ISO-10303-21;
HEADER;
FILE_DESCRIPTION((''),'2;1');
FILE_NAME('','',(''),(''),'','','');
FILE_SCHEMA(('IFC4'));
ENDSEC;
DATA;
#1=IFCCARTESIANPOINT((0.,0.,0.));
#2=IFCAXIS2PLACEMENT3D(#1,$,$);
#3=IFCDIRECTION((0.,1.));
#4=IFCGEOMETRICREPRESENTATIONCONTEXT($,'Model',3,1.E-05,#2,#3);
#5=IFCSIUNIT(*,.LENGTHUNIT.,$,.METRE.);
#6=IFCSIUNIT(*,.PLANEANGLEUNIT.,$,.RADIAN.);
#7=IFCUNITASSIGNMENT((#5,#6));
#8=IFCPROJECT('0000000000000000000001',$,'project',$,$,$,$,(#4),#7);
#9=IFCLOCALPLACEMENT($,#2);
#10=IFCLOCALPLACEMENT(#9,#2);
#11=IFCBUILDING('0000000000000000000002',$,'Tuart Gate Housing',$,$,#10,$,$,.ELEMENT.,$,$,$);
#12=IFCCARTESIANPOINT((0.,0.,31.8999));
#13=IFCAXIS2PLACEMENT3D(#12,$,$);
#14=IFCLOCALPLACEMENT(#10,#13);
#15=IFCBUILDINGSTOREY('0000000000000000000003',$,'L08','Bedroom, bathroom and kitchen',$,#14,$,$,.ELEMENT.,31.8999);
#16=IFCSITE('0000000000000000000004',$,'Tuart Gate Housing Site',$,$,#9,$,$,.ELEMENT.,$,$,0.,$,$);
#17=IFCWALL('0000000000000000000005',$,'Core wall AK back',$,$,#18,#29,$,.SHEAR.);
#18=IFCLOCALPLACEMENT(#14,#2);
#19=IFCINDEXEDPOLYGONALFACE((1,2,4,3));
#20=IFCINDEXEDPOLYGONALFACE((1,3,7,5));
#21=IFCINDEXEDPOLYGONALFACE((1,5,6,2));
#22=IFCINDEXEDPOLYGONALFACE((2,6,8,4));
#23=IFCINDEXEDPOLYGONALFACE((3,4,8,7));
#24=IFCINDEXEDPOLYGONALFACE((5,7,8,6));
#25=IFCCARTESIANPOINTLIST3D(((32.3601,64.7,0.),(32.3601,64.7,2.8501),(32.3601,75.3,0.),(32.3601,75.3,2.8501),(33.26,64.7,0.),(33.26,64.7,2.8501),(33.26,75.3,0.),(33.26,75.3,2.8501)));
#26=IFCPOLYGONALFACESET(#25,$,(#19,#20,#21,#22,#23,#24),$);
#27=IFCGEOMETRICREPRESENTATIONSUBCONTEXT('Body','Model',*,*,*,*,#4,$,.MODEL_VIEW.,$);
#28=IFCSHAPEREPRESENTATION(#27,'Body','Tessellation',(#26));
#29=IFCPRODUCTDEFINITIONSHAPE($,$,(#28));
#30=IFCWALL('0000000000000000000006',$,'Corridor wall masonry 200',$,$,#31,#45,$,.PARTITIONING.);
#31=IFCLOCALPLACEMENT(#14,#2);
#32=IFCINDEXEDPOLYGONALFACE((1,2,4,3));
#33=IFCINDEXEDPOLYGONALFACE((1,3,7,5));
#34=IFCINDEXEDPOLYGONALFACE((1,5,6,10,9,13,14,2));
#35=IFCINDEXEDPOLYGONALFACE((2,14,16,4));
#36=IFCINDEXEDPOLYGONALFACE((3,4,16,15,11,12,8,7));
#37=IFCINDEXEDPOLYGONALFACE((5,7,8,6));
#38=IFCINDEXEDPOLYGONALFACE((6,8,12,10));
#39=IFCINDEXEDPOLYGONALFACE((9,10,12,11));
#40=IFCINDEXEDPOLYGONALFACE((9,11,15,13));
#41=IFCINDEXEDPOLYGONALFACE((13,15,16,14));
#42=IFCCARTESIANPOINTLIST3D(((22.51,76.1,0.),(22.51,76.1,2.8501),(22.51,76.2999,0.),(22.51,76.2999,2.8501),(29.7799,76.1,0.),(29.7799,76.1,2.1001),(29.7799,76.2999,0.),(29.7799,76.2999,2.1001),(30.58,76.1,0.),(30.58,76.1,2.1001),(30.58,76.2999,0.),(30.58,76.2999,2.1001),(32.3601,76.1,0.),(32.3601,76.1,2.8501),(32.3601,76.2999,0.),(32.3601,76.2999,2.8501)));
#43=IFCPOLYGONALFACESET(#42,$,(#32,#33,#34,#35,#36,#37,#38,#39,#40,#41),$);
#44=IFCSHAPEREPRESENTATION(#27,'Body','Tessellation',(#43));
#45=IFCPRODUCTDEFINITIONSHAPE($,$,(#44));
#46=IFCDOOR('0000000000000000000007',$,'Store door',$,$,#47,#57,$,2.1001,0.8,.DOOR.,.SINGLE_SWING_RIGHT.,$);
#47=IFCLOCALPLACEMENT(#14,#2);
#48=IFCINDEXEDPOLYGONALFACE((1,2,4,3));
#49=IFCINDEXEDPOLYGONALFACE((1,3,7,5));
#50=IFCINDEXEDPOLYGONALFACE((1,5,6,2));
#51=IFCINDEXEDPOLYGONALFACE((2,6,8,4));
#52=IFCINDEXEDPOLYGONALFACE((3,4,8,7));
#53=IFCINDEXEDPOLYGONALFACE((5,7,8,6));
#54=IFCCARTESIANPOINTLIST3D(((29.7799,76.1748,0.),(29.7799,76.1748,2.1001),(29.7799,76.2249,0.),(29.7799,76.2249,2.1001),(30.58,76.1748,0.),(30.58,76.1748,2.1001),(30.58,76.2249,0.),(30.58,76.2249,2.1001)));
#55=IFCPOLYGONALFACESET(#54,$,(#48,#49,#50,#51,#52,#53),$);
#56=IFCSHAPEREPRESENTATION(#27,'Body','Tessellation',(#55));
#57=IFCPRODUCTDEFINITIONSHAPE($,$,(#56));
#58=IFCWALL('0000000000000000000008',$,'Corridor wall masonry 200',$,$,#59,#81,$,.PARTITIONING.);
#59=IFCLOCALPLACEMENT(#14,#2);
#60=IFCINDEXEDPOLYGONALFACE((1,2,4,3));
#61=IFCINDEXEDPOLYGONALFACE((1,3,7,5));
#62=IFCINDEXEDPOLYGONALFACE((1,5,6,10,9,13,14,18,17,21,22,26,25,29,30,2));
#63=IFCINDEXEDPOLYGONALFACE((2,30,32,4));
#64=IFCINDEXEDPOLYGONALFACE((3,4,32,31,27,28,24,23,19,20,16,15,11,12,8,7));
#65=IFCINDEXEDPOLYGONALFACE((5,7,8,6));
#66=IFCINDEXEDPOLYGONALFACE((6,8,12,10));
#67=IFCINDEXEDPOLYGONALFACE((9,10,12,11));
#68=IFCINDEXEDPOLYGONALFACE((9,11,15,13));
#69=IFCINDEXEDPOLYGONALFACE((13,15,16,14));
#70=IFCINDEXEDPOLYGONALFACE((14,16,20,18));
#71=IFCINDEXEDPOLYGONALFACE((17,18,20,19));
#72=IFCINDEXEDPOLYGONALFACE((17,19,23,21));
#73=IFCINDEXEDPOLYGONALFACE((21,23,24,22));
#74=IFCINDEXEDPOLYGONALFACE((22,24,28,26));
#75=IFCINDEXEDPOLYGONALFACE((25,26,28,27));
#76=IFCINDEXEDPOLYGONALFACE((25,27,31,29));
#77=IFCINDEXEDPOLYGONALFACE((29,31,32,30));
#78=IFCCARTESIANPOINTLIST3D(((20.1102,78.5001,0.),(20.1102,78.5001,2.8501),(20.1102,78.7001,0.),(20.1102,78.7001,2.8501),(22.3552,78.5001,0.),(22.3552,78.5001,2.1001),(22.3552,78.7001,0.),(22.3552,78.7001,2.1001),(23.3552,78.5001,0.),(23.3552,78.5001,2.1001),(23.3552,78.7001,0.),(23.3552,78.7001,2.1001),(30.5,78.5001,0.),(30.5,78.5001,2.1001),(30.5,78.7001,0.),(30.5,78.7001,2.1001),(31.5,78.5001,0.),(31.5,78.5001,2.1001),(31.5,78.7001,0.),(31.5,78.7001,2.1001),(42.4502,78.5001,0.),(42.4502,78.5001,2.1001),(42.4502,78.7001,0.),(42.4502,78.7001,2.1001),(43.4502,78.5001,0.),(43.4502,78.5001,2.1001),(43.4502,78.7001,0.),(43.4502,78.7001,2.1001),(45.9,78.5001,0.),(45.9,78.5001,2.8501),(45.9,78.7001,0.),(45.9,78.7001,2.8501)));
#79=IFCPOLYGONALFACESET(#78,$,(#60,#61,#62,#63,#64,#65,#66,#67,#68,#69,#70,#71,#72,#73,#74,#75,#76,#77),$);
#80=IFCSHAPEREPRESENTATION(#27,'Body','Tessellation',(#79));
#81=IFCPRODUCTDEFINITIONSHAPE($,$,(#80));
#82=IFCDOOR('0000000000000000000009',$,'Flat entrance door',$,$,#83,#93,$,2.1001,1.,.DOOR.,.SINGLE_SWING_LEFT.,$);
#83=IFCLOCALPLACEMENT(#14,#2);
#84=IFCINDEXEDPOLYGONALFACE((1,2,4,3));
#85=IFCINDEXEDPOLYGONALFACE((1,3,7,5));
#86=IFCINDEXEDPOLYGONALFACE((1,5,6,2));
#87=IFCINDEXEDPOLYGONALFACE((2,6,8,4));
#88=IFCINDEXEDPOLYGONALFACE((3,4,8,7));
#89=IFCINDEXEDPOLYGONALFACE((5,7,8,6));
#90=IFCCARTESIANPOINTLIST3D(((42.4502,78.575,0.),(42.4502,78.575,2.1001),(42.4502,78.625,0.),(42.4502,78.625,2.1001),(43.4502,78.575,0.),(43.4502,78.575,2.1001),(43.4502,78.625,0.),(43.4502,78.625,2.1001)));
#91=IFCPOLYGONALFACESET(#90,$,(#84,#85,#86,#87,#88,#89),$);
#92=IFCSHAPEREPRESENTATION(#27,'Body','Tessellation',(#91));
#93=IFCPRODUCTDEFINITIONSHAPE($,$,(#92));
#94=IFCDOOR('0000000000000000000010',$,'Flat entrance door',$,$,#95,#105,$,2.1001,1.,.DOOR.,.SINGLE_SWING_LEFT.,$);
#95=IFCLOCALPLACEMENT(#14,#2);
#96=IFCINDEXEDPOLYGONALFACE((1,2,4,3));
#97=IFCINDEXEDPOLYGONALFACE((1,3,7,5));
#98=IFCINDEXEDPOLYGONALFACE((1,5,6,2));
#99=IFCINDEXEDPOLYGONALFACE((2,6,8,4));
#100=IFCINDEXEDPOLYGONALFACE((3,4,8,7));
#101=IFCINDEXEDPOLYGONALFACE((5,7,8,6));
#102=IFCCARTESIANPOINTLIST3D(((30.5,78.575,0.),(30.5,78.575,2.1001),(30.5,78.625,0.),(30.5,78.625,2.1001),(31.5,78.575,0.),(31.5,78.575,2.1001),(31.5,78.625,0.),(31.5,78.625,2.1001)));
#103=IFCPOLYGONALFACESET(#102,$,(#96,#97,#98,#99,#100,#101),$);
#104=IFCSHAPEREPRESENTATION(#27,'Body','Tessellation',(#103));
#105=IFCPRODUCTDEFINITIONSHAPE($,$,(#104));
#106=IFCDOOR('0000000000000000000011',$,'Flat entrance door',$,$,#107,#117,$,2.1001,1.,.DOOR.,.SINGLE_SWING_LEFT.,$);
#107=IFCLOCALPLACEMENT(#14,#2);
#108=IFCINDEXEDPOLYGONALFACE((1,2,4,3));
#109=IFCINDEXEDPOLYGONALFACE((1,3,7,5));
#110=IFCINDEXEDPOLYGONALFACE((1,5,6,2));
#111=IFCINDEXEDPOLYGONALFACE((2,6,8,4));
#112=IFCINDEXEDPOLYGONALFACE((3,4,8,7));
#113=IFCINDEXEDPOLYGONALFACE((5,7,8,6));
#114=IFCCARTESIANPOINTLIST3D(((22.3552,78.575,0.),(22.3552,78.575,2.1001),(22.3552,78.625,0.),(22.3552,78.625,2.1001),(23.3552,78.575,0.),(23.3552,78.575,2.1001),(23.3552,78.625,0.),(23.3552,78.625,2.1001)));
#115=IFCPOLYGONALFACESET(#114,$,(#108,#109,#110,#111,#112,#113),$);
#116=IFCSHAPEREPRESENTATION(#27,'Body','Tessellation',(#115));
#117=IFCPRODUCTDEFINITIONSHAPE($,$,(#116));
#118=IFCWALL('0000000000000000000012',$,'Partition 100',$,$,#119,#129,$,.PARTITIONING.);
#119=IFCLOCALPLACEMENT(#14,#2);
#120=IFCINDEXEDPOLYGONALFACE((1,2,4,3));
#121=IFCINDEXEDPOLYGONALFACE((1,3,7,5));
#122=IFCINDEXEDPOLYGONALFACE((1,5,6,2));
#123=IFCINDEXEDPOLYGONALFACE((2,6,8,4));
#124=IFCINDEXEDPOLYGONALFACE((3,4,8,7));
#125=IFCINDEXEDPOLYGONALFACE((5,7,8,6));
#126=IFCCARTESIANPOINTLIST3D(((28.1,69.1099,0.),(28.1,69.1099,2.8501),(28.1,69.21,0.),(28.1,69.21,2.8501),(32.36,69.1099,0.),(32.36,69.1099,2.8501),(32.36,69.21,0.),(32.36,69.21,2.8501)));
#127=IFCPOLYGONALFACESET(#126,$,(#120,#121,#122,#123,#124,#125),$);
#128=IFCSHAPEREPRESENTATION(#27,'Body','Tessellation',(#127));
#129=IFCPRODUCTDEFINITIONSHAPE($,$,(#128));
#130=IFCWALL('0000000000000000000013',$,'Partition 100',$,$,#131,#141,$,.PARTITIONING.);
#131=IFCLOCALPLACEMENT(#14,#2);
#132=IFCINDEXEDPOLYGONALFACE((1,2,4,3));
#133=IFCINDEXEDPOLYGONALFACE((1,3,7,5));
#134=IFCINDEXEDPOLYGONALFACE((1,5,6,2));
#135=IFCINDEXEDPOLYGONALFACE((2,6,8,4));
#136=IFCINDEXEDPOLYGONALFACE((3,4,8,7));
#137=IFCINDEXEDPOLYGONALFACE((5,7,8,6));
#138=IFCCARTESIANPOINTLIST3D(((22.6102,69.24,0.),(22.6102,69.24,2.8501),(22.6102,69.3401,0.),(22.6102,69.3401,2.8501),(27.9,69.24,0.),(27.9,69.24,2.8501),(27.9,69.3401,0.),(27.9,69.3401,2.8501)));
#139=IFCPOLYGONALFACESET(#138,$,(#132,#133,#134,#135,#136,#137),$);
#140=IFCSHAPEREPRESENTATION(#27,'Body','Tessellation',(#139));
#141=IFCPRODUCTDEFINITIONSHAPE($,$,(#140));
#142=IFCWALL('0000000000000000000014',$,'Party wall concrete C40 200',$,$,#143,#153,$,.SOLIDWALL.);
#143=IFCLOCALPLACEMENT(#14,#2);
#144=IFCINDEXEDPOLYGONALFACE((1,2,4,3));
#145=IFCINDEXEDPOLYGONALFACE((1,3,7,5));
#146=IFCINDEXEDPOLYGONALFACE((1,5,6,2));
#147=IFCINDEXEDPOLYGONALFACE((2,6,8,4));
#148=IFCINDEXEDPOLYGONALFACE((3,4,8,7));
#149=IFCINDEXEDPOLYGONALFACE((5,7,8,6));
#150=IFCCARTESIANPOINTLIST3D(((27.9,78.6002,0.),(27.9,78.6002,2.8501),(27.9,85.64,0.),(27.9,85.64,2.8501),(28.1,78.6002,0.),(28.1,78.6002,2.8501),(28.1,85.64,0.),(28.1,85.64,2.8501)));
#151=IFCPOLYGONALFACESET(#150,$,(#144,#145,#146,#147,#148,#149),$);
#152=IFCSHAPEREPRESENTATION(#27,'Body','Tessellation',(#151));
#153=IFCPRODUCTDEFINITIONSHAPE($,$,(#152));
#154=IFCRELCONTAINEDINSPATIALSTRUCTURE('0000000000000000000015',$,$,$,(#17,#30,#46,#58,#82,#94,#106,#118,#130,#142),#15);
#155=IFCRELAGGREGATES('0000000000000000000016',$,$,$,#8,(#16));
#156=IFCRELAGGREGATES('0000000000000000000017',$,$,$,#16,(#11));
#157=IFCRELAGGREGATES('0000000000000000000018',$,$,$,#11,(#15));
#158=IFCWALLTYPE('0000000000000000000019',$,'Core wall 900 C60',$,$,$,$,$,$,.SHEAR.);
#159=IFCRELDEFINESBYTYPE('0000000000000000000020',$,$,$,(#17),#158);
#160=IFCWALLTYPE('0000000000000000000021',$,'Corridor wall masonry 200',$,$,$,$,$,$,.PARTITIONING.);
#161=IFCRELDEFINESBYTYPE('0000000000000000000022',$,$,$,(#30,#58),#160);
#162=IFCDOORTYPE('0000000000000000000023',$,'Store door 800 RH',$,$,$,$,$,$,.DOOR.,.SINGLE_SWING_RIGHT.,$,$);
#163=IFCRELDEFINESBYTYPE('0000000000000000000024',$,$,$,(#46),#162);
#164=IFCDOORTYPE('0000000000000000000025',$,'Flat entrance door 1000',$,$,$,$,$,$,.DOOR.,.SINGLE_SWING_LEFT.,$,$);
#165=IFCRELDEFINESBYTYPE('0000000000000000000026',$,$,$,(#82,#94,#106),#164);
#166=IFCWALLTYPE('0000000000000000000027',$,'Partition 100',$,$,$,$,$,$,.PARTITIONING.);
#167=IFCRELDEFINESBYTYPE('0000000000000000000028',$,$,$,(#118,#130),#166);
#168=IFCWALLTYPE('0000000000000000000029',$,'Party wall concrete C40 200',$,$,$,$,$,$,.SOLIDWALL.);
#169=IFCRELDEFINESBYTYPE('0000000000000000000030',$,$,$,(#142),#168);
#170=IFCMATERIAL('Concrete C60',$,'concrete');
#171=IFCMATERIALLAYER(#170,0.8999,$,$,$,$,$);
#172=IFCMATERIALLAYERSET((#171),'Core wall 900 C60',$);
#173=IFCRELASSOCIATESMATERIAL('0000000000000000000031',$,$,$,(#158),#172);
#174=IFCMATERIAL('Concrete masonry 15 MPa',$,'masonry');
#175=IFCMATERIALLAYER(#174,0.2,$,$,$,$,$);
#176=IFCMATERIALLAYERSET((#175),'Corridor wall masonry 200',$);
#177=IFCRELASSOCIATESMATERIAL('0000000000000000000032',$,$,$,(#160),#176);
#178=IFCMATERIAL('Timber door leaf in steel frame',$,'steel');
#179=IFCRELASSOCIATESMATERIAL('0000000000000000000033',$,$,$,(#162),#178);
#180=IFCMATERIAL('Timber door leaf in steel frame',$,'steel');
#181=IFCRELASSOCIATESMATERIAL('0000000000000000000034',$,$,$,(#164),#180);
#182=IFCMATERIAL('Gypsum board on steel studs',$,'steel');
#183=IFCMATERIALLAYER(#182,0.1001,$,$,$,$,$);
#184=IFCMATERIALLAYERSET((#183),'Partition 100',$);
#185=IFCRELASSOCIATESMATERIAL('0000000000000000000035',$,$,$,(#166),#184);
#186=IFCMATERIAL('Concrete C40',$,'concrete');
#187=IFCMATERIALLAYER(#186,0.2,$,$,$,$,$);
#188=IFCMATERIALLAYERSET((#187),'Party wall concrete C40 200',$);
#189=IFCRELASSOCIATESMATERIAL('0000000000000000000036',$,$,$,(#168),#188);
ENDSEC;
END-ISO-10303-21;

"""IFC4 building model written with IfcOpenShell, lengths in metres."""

from ifc_helpers import new_model, si_unit, direction, frame, frame_2d, origin, place, context, subcontext, project, spatial, rectangle, extrude, material, layer, layer_set, type_object, element, fill, save


model = new_model("IFC4")

# Units and contexts
model_context = context("Model", 3, precision=1e-05, world=origin(), true_north=direction((0.0, 1.0)))
body_context = subcontext(model_context, "Body", "Model", "MODEL_VIEW")
ifc_project = project(units=[si_unit("LENGTHUNIT", "METRE"), si_unit("PLANEANGLEUNIT", "RADIAN")], contexts=[model_context])

# Site, building, storey
site_placement = place(None, origin())
site = spatial("IfcSite", under=ifc_project, at=site_placement, Name="Tuart Gate Housing Site", CompositionType="ELEMENT", RefElevation=0.0)
building_placement = place(site_placement, origin())
building = spatial("IfcBuilding", under=site, at=building_placement, Name="Tuart Gate Housing", CompositionType="ELEMENT")
storey_placement = place(building_placement, frame((0.0, 0.0, 31.8999)))
storey = spatial("IfcBuildingStorey", under=building, at=storey_placement, Name="L08", Description="Bedroom, bathroom and kitchen", CompositionType="ELEMENT", Elevation=31.8999)

# Wall
ifc_material_1 = material(Name="Concrete C60", Category="concrete")
ifc_layer_1 = layer(ifc_material_1, 0.8999)
ifc_layer_set_1 = layer_set([ifc_layer_1], Name="Core wall 900 C60")
wall_type_1 = type_object("IfcWallType", Name="Core wall 900 C60", PredefinedType="SHEAR", material=ifc_layer_set_1)
wall_1_placement = place(storey_placement, frame((32.8101, 75.3, 0.0), z_axis=(0.0, 0.0, 1.0), x_axis=(0.0, -1.0, 0.0)))
element("IfcWall", 1, at=wall_1_placement, inside=storey, type_object=wall_type_1, Name="Core wall AK back", PredefinedType="SHEAR", context=body_context, shape_type="SweptSolid", body=[
    extrude(rectangle(XDim=10.6001, YDim=0.8999, at=frame_2d((5.3, 0.0))), origin(), (0.0, 0.0, 1.0), 2.8501),
])

# Wall, opening, door
ifc_material_2 = material(Name="Concrete masonry 15 MPa", Category="masonry")
ifc_layer_2 = layer(ifc_material_2, 0.2)
ifc_layer_set_2 = layer_set([ifc_layer_2], Name="Corridor wall masonry 200")
wall_type_2 = type_object("IfcWallType", Name="Corridor wall masonry 200", PredefinedType="PARTITIONING", material=ifc_layer_set_2)
wall_2_placement = place(storey_placement, frame((22.51, 76.2, 0.0), z_axis=(0.0, 0.0, 1.0), x_axis=(1.0, 0.0, 0.0)))
wall_2 = element("IfcWall", 2, at=wall_2_placement, inside=storey, type_object=wall_type_2, Name="Corridor wall masonry 200", PredefinedType="PARTITIONING", context=body_context, shape_type="SweptSolid", body=[
    extrude(rectangle(XDim=9.8501, YDim=0.2, at=frame_2d((4.925, 0.0))), origin(), (0.0, 0.0, 1.0), 2.8501),
])
opening_1_placement = place(wall_2_placement, frame((7.27, 0.0, 0.0)))
opening_1 = element("IfcOpeningElement", 3, at=opening_1_placement, cuts=wall_2, PredefinedType="OPENING", context=body_context, shape_type="SweptSolid", body=[
    extrude(rectangle(XDim=0.8, YDim=2.1001, at=frame_2d((0.3999, 1.05))), frame((0.0, 0.1099, 0.0), z_axis=(0.0, -1.0, 0.0), x_axis=(1.0, 0.0, 0.0)), (0.0, 0.0, 1.0), 0.22),
])
ifc_material_3 = material(Name="Timber door leaf in steel frame", Category="steel")
door_type_1 = type_object("IfcDoorType", Name="Store door 800 RH", OperationType="SINGLE_SWING_RIGHT", PredefinedType="DOOR", material=ifc_material_3)
door_1_placement = place(opening_1_placement, frame((0.8, 0.0, 0.0), z_axis=(0.0, 0.0, 1.0), x_axis=(-1.0, 0.0, 0.0)))
door_1 = element("IfcDoor", 4, at=door_1_placement, inside=storey, type_object=door_type_1, Name="Store door", OperationType="SINGLE_SWING_RIGHT", OverallHeight=2.1001, OverallWidth=0.8, PredefinedType="DOOR", context=body_context, shape_type="SweptSolid", body=[
    extrude(rectangle(XDim=0.8, YDim=2.1001, at=frame_2d((0.4001, 1.05))), frame((0.0, 0.0251, 0.0), z_axis=(0.0, -1.0, 0.0), x_axis=(1.0, 0.0, 0.0)), (0.0, 0.0, 1.0), 0.05),
])
fill(opening_1, door_1)

# Wall, openings, doors
wall_3_placement = place(storey_placement, frame((20.1101, 78.6001, 0.0), z_axis=(0.0, 0.0, 1.0), x_axis=(1.0, 0.0, 0.0)))
wall_3 = element("IfcWall", 5, at=wall_3_placement, inside=storey, type_object=wall_type_2, Name="Corridor wall masonry 200", PredefinedType="PARTITIONING", context=body_context, shape_type="SweptSolid", body=[
    extrude(rectangle(XDim=25.7898, YDim=0.2, at=frame_2d((12.895, 0.0))), origin(), (0.0, 0.0, 1.0), 2.8501),
])
opening_2_placement = place(wall_3_placement, frame((22.3401, 0.0, 0.0)))
opening_2 = element("IfcOpeningElement", 6, at=opening_2_placement, cuts=wall_3, PredefinedType="OPENING", context=body_context, shape_type="SweptSolid", body=[
    extrude(rectangle(XDim=1.0, YDim=2.1001, at=frame_2d((0.5, 1.05))), frame((0.0, 0.1099, 0.0), z_axis=(0.0, -1.0, 0.0), x_axis=(1.0, 0.0, 0.0)), (0.0, 0.0, 1.0), 0.22),
])
opening_3_placement = place(wall_3_placement, frame((10.3899, 0.0, 0.0)))
opening_3 = element("IfcOpeningElement", 7, at=opening_3_placement, cuts=wall_3, PredefinedType="OPENING", context=body_context, shape_type="SweptSolid", body=[
    extrude(rectangle(XDim=1.0, YDim=2.1001, at=frame_2d((0.5, 1.05))), frame((0.0, 0.1099, 0.0), z_axis=(0.0, -1.0, 0.0), x_axis=(1.0, 0.0, 0.0)), (0.0, 0.0, 1.0), 0.22),
])
opening_4_placement = place(wall_3_placement, frame((2.2451, 0.0, 0.0)))
opening_4 = element("IfcOpeningElement", 8, at=opening_4_placement, cuts=wall_3, PredefinedType="OPENING", context=body_context, shape_type="SweptSolid", body=[
    extrude(rectangle(XDim=1.0, YDim=2.1001, at=frame_2d((0.5, 1.05))), frame((0.0, 0.1099, 0.0), z_axis=(0.0, -1.0, 0.0), x_axis=(1.0, 0.0, 0.0)), (0.0, 0.0, 1.0), 0.22),
])
ifc_material_4 = material(Name="Timber door leaf in steel frame", Category="steel")
door_type_2 = type_object("IfcDoorType", Name="Flat entrance door 1000", OperationType="SINGLE_SWING_LEFT", PredefinedType="DOOR", material=ifc_material_4)
door_2_placement = place(opening_2_placement, origin())
door_2 = element("IfcDoor", 9, at=door_2_placement, inside=storey, type_object=door_type_2, Name="Flat entrance door", OperationType="SINGLE_SWING_LEFT", OverallHeight=2.1001, OverallWidth=1.0, PredefinedType="DOOR", context=body_context, shape_type="SweptSolid", body=[
    extrude(rectangle(XDim=1.0, YDim=2.1001, at=frame_2d((0.5, 1.05))), frame((0.0, 0.0249, 0.0), z_axis=(0.0, -1.0, 0.0), x_axis=(1.0, 0.0, 0.0)), (0.0, 0.0, 1.0), 0.05),
])
fill(opening_2, door_2)
door_3_placement = place(opening_3_placement, origin())
door_3 = element("IfcDoor", 10, at=door_3_placement, inside=storey, type_object=door_type_2, Name="Flat entrance door", OperationType="SINGLE_SWING_LEFT", OverallHeight=2.1001, OverallWidth=1.0, PredefinedType="DOOR", context=body_context, shape_type="SweptSolid", body=[
    extrude(rectangle(XDim=1.0, YDim=2.1001, at=frame_2d((0.5, 1.05))), frame((0.0, 0.0249, 0.0), z_axis=(0.0, -1.0, 0.0), x_axis=(1.0, 0.0, 0.0)), (0.0, 0.0, 1.0), 0.05),
])
fill(opening_3, door_3)
door_4_placement = place(opening_4_placement, origin())
door_4 = element("IfcDoor", 11, at=door_4_placement, inside=storey, type_object=door_type_2, Name="Flat entrance door", OperationType="SINGLE_SWING_LEFT", OverallHeight=2.1001, OverallWidth=1.0, PredefinedType="DOOR", context=body_context, shape_type="SweptSolid", body=[
    extrude(rectangle(XDim=1.0, YDim=2.1001, at=frame_2d((0.5, 1.05))), frame((0.0, 0.0249, 0.0), z_axis=(0.0, -1.0, 0.0), x_axis=(1.0, 0.0, 0.0)), (0.0, 0.0, 1.0), 0.05),
])
fill(opening_4, door_4)

# Walls
ifc_material_5 = material(Name="Gypsum board on steel studs", Category="steel")
ifc_layer_3 = layer(ifc_material_5, 0.1001)
ifc_layer_set_3 = layer_set([ifc_layer_3], Name="Partition 100")
wall_type_3 = type_object("IfcWallType", Name="Partition 100", PredefinedType="PARTITIONING", material=ifc_layer_set_3)
wall_4_placement = place(storey_placement, frame((28.1001, 69.1599, 0.0), z_axis=(0.0, 0.0, 1.0), x_axis=(1.0, 0.0, 0.0)))
element("IfcWall", 12, at=wall_4_placement, inside=storey, type_object=wall_type_3, Name="Partition 100", PredefinedType="PARTITIONING", context=body_context, shape_type="SweptSolid", body=[
    extrude(rectangle(XDim=4.26, YDim=0.1001, at=frame_2d((2.1299, 0.0))), origin(), (0.0, 0.0, 1.0), 2.8501),
])
wall_5_placement = place(storey_placement, frame((22.6101, 69.29, 0.0), z_axis=(0.0, 0.0, 1.0), x_axis=(1.0, 0.0, 0.0)))
element("IfcWall", 13, at=wall_5_placement, inside=storey, type_object=wall_type_3, Name="Partition 100", PredefinedType="PARTITIONING", context=body_context, shape_type="SweptSolid", body=[
    extrude(rectangle(XDim=5.2898, YDim=0.1001, at=frame_2d((2.645, 0.0))), origin(), (0.0, 0.0, 1.0), 2.8501),
])
ifc_material_6 = material(Name="Concrete C40", Category="concrete")
ifc_layer_4 = layer(ifc_material_6, 0.2)
ifc_layer_set_4 = layer_set([ifc_layer_4], Name="Party wall concrete C40 200")
wall_type_4 = type_object("IfcWallType", Name="Party wall concrete C40 200", PredefinedType="SOLIDWALL", material=ifc_layer_set_4)
wall_6_placement = place(storey_placement, frame((28.0, 78.6001, 0.0), z_axis=(0.0, 0.0, 1.0), x_axis=(0.0, 1.0, 0.0)))
element("IfcWall", 14, at=wall_6_placement, inside=storey, type_object=wall_type_4, Name="Party wall concrete C40 200", PredefinedType="SOLIDWALL", context=body_context, shape_type="SweptSolid", body=[
    extrude(rectangle(XDim=7.0398, YDim=0.2, at=frame_2d((3.52, 0.0))), origin(), (0.0, 0.0, 1.0), 2.8501),
])

save(model, "model.ifc")
